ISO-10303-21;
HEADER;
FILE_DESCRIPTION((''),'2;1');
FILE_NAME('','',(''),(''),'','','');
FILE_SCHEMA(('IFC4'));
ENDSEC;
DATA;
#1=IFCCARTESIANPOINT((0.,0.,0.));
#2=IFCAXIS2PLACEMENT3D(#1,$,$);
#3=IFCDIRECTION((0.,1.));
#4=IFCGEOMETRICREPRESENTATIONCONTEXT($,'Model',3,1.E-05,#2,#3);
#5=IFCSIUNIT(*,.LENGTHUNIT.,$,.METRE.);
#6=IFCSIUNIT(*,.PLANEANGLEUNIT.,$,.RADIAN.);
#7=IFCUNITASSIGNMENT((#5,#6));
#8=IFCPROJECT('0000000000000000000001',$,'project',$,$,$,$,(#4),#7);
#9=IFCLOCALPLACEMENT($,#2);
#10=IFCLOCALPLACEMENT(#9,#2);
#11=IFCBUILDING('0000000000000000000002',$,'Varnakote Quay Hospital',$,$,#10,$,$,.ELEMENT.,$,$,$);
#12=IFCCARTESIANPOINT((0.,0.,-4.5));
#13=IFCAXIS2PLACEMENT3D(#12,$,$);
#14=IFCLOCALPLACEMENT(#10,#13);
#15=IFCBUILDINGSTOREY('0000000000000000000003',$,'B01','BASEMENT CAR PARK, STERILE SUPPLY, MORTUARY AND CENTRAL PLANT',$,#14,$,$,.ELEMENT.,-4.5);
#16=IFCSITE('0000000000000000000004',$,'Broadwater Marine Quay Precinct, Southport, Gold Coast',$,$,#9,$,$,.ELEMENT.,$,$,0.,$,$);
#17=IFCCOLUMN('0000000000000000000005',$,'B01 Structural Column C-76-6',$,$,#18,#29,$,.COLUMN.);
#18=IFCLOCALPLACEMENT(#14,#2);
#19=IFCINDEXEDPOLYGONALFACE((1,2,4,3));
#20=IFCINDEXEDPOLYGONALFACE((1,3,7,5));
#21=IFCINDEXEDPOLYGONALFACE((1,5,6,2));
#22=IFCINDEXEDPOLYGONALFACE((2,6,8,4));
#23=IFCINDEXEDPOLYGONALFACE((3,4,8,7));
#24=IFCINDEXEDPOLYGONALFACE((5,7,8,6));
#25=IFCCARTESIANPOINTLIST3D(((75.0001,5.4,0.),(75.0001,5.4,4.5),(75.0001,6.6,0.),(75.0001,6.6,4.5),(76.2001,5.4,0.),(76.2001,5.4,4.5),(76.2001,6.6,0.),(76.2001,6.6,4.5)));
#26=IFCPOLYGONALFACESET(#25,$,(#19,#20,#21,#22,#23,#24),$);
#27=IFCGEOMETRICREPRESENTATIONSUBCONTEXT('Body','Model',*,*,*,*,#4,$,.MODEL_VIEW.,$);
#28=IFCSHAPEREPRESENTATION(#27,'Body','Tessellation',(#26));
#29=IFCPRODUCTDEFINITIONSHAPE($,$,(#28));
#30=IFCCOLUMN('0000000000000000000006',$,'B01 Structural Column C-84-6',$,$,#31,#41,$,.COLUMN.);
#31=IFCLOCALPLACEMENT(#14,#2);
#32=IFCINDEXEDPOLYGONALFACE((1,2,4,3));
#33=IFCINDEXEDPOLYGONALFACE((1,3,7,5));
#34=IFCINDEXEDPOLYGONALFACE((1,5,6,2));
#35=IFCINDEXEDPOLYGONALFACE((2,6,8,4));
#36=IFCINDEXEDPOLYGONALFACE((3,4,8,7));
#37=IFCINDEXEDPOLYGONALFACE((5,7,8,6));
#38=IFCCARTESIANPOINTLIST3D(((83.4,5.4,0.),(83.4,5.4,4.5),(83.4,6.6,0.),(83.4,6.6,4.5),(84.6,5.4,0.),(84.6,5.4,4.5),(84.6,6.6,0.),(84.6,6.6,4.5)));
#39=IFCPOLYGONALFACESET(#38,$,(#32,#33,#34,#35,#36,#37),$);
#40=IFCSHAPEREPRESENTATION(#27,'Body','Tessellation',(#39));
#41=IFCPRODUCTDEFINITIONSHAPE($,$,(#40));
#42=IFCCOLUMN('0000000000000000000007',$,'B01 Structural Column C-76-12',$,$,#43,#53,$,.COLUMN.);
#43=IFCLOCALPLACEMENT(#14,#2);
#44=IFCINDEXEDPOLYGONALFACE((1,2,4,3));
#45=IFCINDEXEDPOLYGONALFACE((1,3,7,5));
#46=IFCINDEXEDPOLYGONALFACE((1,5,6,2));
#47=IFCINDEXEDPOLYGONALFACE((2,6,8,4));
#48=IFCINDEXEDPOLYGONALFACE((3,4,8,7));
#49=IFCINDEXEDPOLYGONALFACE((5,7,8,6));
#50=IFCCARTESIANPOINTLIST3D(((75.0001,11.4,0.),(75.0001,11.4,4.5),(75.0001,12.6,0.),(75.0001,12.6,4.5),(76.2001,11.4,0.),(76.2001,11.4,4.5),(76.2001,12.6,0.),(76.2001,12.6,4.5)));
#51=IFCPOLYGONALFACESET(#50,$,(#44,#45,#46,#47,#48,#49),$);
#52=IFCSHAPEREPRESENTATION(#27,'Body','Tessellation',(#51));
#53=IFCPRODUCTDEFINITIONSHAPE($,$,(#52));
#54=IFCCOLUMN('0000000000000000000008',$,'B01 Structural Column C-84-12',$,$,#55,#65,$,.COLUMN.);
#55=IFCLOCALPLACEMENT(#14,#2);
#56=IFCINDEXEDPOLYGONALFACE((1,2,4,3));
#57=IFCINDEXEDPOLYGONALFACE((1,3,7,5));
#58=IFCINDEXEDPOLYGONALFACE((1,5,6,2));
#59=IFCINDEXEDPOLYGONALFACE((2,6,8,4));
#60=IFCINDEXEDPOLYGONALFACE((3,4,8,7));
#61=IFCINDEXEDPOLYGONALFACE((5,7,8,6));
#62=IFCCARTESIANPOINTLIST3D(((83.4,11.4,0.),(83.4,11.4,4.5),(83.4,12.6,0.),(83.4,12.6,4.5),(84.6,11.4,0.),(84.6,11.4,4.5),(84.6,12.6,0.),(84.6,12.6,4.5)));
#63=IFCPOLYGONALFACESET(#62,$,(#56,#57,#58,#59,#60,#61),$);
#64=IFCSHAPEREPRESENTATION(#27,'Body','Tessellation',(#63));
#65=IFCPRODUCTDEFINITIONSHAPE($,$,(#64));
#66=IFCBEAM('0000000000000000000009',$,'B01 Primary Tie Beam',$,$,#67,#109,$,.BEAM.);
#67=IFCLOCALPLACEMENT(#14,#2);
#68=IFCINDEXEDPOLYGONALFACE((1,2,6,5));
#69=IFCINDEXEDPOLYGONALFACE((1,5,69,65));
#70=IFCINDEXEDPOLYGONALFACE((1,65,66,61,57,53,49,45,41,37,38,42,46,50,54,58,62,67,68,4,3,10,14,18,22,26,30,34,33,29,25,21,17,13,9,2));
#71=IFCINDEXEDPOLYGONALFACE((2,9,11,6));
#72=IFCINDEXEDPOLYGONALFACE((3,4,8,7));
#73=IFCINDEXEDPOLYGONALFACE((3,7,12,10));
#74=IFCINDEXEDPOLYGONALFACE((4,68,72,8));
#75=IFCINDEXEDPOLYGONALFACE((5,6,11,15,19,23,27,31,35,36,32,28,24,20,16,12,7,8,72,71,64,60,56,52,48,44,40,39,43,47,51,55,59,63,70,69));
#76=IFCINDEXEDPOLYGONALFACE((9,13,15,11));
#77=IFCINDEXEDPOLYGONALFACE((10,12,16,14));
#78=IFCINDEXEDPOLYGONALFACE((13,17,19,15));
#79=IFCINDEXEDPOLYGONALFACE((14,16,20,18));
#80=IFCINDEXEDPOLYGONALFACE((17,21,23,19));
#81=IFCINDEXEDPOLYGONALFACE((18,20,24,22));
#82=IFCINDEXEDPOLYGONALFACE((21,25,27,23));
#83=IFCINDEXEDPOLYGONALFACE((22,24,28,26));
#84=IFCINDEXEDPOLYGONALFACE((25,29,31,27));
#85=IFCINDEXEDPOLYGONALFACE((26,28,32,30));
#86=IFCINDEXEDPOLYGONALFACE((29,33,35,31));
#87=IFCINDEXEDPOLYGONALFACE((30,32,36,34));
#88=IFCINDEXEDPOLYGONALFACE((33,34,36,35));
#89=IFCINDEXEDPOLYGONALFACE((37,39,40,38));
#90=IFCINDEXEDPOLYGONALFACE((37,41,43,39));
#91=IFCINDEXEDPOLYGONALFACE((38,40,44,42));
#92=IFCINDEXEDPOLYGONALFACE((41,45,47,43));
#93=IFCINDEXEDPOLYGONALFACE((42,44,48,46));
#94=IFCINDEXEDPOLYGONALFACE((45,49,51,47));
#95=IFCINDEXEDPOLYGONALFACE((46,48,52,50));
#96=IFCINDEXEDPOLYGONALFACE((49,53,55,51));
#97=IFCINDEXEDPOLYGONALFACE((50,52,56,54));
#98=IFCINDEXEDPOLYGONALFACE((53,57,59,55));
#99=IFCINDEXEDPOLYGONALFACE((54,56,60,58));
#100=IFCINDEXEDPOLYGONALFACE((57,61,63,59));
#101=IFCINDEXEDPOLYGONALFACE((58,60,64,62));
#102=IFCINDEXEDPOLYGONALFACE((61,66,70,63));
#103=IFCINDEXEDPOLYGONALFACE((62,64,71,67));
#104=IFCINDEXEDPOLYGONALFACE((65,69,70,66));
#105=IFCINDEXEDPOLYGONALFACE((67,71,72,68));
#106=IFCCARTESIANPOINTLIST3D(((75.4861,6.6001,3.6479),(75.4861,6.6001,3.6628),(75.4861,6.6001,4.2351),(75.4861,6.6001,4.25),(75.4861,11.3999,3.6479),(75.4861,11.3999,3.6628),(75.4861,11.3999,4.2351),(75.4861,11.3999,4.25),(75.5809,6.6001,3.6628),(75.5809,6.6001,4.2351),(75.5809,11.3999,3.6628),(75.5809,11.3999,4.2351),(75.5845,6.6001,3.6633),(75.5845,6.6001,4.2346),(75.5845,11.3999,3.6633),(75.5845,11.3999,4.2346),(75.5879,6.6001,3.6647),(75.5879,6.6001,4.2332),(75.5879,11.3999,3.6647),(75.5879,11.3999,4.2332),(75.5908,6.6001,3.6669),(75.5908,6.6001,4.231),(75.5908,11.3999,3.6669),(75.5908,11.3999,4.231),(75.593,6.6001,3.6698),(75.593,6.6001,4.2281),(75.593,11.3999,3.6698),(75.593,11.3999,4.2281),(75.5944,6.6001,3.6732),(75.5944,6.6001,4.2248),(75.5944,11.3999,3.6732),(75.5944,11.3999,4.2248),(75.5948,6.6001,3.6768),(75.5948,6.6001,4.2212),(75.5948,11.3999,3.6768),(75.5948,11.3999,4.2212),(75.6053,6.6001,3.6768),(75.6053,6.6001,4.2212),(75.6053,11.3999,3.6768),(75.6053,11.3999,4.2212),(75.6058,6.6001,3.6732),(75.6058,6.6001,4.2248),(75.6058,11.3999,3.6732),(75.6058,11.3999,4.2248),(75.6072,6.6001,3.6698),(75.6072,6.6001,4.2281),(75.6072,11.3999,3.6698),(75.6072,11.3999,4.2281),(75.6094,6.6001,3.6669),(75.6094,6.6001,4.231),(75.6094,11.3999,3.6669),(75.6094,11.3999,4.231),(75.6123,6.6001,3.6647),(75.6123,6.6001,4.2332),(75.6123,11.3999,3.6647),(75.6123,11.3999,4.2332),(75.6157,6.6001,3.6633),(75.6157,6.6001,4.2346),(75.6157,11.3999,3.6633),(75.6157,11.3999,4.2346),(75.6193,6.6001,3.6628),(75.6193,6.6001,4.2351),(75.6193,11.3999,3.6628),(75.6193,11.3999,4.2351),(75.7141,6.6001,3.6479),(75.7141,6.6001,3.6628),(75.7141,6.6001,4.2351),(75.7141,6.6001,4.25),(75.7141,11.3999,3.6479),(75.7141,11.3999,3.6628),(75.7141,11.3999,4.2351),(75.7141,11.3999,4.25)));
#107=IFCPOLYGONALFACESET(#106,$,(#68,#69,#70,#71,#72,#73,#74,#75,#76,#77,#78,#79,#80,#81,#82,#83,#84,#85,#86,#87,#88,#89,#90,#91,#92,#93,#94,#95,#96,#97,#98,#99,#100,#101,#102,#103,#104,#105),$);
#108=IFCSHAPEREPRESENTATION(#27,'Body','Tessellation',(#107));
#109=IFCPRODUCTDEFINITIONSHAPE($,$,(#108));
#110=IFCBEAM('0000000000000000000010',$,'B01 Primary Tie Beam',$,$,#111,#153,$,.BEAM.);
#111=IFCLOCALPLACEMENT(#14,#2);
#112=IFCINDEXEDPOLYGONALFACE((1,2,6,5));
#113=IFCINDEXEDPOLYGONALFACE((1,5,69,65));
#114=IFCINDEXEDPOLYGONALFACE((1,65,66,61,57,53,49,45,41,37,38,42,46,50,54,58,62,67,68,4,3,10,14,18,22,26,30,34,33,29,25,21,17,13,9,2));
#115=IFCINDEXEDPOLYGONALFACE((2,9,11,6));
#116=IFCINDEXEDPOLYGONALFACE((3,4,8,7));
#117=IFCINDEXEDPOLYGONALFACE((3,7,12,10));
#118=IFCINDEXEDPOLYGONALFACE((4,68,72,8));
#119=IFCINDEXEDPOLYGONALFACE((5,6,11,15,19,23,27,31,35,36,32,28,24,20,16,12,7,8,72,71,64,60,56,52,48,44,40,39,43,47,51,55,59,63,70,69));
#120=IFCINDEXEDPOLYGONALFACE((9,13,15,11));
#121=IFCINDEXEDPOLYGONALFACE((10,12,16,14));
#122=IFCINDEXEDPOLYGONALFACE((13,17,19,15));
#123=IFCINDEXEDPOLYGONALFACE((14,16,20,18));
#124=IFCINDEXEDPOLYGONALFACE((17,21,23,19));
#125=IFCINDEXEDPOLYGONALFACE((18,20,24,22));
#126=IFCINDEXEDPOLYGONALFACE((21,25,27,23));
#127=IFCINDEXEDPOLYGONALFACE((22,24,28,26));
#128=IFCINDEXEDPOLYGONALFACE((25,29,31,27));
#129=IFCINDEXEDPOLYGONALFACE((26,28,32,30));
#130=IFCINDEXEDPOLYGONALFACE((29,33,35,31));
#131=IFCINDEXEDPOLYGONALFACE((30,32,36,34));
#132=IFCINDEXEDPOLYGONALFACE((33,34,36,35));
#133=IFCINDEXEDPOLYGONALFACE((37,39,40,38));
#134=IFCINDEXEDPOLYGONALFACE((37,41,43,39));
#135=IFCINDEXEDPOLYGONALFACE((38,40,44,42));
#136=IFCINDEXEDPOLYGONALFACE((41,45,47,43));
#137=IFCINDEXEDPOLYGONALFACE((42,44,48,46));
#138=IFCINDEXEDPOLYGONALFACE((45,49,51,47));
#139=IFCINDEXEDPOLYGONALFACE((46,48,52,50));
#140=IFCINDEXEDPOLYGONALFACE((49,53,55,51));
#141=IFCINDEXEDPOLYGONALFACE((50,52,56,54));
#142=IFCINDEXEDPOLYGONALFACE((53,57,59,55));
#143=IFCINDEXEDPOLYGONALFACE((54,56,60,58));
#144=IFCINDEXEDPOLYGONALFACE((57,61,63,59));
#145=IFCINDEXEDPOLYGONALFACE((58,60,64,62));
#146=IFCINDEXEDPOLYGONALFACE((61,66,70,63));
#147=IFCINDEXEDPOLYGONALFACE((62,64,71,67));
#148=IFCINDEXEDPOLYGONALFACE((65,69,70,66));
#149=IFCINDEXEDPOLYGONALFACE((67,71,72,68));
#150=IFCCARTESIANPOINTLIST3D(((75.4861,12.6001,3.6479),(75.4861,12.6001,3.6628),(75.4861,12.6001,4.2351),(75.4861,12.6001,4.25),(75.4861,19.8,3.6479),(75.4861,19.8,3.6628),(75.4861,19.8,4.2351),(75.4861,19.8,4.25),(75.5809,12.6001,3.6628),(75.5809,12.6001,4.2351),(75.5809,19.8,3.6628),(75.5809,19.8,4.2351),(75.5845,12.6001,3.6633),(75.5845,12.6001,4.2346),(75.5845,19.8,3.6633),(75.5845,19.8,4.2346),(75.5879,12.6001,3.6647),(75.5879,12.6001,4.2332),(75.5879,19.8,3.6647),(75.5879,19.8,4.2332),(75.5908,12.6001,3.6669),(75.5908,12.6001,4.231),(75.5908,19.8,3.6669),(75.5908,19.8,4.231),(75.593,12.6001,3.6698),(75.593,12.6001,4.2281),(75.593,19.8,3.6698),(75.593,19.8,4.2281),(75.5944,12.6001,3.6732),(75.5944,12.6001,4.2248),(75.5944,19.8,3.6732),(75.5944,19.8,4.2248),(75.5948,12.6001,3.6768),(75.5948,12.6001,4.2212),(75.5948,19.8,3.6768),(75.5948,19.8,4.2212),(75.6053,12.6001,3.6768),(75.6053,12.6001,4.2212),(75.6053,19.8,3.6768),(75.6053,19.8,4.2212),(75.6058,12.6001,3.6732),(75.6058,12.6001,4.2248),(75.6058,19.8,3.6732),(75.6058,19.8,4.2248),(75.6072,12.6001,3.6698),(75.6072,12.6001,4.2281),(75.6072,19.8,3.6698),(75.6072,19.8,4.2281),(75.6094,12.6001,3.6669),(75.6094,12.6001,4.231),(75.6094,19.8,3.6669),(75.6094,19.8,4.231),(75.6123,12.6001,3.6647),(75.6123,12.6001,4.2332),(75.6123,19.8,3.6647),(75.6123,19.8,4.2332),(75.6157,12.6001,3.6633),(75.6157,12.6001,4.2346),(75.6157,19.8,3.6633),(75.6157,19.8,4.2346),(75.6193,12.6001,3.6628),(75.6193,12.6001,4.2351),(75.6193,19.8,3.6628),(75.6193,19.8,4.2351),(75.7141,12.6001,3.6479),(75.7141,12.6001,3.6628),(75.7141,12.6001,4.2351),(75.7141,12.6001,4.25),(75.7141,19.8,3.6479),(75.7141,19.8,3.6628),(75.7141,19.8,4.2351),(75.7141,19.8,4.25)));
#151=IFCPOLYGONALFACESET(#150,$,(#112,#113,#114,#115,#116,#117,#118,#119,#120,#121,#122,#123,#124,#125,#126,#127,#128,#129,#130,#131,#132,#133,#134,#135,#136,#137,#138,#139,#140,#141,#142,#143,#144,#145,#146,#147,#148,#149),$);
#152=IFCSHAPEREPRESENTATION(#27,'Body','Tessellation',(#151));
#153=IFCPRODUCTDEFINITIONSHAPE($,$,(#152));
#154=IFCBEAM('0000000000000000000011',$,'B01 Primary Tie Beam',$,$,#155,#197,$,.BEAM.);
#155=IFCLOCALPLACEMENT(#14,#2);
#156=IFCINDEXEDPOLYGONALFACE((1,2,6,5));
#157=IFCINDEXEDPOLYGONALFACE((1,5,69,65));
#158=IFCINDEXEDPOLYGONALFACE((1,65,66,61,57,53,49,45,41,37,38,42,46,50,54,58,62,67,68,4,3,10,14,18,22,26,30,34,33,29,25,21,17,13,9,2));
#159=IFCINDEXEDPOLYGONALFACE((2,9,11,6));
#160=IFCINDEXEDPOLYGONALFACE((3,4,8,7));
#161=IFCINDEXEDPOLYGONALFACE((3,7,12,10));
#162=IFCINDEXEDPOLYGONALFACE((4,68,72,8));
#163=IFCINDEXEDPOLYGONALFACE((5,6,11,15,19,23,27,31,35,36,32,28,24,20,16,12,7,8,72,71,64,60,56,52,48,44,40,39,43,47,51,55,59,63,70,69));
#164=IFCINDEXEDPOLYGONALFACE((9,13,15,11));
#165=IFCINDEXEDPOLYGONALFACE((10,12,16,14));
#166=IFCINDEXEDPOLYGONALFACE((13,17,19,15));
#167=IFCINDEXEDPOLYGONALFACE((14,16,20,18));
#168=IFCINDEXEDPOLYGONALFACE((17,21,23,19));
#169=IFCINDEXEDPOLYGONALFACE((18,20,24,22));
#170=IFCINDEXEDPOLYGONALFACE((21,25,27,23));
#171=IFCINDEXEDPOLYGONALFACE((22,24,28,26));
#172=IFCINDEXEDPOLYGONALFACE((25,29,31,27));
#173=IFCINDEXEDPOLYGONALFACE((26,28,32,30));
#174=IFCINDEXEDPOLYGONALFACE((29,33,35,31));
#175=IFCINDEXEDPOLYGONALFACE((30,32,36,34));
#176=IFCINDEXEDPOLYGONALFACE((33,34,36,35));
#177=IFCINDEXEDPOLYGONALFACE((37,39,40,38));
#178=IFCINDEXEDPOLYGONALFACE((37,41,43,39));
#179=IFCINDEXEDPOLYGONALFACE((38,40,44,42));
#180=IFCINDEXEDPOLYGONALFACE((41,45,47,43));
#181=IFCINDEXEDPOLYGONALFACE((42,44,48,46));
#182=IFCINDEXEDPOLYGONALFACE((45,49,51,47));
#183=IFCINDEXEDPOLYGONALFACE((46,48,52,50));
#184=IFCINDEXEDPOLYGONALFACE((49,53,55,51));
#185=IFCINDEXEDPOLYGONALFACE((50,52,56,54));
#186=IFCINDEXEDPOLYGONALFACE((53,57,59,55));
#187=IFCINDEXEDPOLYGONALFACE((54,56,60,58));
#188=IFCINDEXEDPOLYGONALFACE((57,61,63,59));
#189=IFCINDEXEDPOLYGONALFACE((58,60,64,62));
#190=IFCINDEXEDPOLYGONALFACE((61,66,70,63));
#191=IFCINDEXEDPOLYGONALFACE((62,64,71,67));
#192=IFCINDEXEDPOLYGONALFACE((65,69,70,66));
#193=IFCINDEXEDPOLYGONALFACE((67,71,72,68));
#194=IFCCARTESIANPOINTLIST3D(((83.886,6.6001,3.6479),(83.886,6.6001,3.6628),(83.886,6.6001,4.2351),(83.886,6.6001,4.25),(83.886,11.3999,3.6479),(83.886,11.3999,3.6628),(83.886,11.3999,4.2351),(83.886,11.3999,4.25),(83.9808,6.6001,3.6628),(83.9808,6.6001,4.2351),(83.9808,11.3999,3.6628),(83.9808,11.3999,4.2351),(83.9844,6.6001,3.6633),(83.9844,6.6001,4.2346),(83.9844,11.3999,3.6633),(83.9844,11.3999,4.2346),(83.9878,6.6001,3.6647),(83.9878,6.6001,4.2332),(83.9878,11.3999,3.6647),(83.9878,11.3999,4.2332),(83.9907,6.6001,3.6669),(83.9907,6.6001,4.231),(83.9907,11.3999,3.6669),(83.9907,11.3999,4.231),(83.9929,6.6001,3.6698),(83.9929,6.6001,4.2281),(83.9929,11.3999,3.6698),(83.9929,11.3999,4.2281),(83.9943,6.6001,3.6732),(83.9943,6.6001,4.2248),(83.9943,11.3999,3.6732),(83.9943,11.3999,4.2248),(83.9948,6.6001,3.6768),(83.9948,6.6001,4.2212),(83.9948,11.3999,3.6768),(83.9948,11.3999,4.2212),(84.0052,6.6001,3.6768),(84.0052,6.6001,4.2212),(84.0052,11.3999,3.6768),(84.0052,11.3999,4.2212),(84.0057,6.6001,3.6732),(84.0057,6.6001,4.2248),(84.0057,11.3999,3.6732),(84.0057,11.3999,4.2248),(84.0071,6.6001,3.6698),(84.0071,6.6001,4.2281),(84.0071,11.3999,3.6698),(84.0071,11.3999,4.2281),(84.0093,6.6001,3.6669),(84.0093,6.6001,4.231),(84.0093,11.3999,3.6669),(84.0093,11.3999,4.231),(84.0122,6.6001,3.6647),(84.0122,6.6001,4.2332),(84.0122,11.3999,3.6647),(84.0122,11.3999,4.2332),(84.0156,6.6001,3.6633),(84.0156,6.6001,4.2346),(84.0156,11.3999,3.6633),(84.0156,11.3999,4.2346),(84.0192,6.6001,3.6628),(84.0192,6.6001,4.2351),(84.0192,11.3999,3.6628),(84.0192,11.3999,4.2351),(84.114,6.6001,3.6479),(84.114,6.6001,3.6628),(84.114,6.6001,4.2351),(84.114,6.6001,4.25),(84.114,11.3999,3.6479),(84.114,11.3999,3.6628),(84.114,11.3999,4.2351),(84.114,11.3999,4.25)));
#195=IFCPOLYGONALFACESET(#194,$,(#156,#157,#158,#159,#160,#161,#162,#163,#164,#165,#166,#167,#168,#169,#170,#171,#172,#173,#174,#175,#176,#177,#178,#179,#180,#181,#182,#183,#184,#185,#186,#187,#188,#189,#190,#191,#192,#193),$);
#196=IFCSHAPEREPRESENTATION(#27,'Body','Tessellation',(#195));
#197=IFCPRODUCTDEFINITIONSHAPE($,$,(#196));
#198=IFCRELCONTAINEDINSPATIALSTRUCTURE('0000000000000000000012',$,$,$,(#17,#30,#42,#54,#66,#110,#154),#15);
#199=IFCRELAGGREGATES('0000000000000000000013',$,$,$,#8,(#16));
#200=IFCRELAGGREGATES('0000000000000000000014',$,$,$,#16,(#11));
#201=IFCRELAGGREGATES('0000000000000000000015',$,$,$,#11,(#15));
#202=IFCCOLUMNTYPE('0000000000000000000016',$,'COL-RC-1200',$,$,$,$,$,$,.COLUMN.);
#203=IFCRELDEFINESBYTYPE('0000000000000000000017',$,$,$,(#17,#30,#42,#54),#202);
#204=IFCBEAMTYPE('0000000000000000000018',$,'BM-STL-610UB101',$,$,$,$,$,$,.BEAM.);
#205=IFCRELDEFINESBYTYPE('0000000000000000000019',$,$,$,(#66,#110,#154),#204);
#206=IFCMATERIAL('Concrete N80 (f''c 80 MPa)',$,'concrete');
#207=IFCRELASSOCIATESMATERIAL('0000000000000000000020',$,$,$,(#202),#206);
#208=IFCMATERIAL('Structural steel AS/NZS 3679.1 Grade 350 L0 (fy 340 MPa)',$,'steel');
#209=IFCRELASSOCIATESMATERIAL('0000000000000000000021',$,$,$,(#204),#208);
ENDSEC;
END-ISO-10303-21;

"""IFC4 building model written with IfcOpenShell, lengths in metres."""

from ifc_helpers import new_model, si_unit, direction, frame, origin, origin_2d, place, context, subcontext, project, spatial, rectangle, i_section, extrude, material, material_profile, profile_set, type_object, element, save


model = new_model("IFC4")

# Units and contexts
model_context = context("Model", 3, precision=1e-05, world=origin(), true_north=direction((0.0, 1.0)))
body_context = subcontext(model_context, "Body", "Model", "MODEL_VIEW")
ifc_project = project(units=[si_unit("LENGTHUNIT", "METRE"), si_unit("PLANEANGLEUNIT", "RADIAN")], contexts=[model_context])

# Site, building, storey
site_placement = place(None, origin())
site = spatial("IfcSite", under=ifc_project, at=site_placement, Name="Broadwater Marine Quay Precinct, Southport, Gold Coast", CompositionType="ELEMENT", RefElevation=0.0)
building_placement = place(site_placement, origin())
building = spatial("IfcBuilding", under=site, at=building_placement, Name="Varnakote Quay Hospital", CompositionType="ELEMENT")
storey_placement = place(building_placement, frame((0.0, 0.0, -4.5)))
storey = spatial("IfcBuildingStorey", under=building, at=storey_placement, Name="B01", Description="BASEMENT CAR PARK, STERILE SUPPLY, MORTUARY AND CENTRAL PLANT", CompositionType="ELEMENT", Elevation=-4.5)

# Columns
ifc_material_1 = material(Name="Concrete N80 (f'c 80 MPa)", Category="concrete")
ifc_material_profile_1 = material_profile(ifc_material_1, rectangle(XDim=1.2, YDim=1.2, at=origin_2d()), Name="RC-COL-1200x1200")
ifc_profile_set_1 = profile_set([ifc_material_profile_1], Name="Concrete N80 (f'c 80 MPa)")
column_type = type_object("IfcColumnType", Name="COL-RC-1200", PredefinedType="COLUMN", material=ifc_profile_set_1)
for number, where, z_axis, x_axis, name in (
    (1, (75.6001, 6.0, 0.0), (0.0, 0.0, 1.0), (1.0, 0.0, 0.0), "B01 Structural Column C-76-6"),
    (2, (84.0, 6.0, 0.0), (0.0, 0.0, 1.0), (1.0, 0.0, 0.0), "B01 Structural Column C-84-6"),
    (3, (75.6001, 12.0, 0.0), (0.0, 0.0, 1.0), (1.0, 0.0, 0.0), "B01 Structural Column C-76-12"),
    (4, (84.0, 12.0, 0.0), (0.0, 0.0, 1.0), (1.0, 0.0, 0.0), "B01 Structural Column C-84-12"),
):
    element("IfcColumn", number, at=place(storey_placement, frame(where, z_axis=z_axis, x_axis=x_axis)), inside=storey, type_object=column_type, Name=name, PredefinedType="COLUMN", context=body_context, shape_type="SweptSolid", body=[
        extrude(rectangle(XDim=1.2, YDim=1.2, at=origin_2d()), origin(), (0.0, 0.0, 1.0), 4.5),
    ])

# Beams
ifc_material_2 = material(Name="Structural steel AS/NZS 3679.1 Grade 350 L0 (fy 340 MPa)", Category="steel")
ifc_material_profile_2 = material_profile(ifc_material_2, i_section(OverallWidth=0.228, OverallDepth=0.6021, WebThickness=0.0105, FlangeThickness=0.0149, FilletRadius=0.0139, at=origin_2d()), Name="610UB101")
ifc_profile_set_2 = profile_set([ifc_material_profile_2], Name="Structural steel AS/NZS 3679.1 Grade 350 L0 (fy 340 MPa)")
beam_type_1 = type_object("IfcBeamType", Name="BM-STL-610UB101", PredefinedType="BEAM", material=ifc_profile_set_2)
beam_1_placement = place(storey_placement, frame((75.6001, 6.6001, 3.949), z_axis=(0.0, 1.0, 0.0), x_axis=(-1.0, 0.0, 0.0)))
element("IfcBeam", 5, at=beam_1_placement, inside=storey, type_object=beam_type_1, Name="B01 Primary Tie Beam", PredefinedType="BEAM", context=body_context, shape_type="SweptSolid", body=[
    extrude(i_section(OverallWidth=0.228, OverallDepth=0.6021, WebThickness=0.0105, FlangeThickness=0.0149, FilletRadius=0.0139, at=origin_2d()), origin(), (0.0, 0.0, 1.0), 4.7998),
])
beam_2_placement = place(storey_placement, frame((75.6001, 12.6001, 3.949), z_axis=(0.0, 1.0, 0.0), x_axis=(-1.0, 0.0, 0.0)))
element("IfcBeam", 6, at=beam_2_placement, inside=storey, type_object=beam_type_1, Name="B01 Primary Tie Beam", PredefinedType="BEAM", context=body_context, shape_type="SweptSolid", body=[
    extrude(i_section(OverallWidth=0.228, OverallDepth=0.6021, WebThickness=0.0105, FlangeThickness=0.0149, FilletRadius=0.0139, at=origin_2d()), origin(), (0.0, 0.0, 1.0), 7.2),
])
beam_3_placement = place(storey_placement, frame((84.0, 6.6001, 3.949), z_axis=(0.0, 1.0, 0.0), x_axis=(-1.0, 0.0, 0.0)))
element("IfcBeam", 7, at=beam_3_placement, inside=storey, type_object=beam_type_1, Name="B01 Primary Tie Beam", PredefinedType="BEAM", context=body_context, shape_type="SweptSolid", body=[
    extrude(i_section(OverallWidth=0.228, OverallDepth=0.6021, WebThickness=0.0105, FlangeThickness=0.0149, FilletRadius=0.0139, at=origin_2d()), origin(), (0.0, 0.0, 1.0), 4.7998),
])

save(model, "model.ifc")
